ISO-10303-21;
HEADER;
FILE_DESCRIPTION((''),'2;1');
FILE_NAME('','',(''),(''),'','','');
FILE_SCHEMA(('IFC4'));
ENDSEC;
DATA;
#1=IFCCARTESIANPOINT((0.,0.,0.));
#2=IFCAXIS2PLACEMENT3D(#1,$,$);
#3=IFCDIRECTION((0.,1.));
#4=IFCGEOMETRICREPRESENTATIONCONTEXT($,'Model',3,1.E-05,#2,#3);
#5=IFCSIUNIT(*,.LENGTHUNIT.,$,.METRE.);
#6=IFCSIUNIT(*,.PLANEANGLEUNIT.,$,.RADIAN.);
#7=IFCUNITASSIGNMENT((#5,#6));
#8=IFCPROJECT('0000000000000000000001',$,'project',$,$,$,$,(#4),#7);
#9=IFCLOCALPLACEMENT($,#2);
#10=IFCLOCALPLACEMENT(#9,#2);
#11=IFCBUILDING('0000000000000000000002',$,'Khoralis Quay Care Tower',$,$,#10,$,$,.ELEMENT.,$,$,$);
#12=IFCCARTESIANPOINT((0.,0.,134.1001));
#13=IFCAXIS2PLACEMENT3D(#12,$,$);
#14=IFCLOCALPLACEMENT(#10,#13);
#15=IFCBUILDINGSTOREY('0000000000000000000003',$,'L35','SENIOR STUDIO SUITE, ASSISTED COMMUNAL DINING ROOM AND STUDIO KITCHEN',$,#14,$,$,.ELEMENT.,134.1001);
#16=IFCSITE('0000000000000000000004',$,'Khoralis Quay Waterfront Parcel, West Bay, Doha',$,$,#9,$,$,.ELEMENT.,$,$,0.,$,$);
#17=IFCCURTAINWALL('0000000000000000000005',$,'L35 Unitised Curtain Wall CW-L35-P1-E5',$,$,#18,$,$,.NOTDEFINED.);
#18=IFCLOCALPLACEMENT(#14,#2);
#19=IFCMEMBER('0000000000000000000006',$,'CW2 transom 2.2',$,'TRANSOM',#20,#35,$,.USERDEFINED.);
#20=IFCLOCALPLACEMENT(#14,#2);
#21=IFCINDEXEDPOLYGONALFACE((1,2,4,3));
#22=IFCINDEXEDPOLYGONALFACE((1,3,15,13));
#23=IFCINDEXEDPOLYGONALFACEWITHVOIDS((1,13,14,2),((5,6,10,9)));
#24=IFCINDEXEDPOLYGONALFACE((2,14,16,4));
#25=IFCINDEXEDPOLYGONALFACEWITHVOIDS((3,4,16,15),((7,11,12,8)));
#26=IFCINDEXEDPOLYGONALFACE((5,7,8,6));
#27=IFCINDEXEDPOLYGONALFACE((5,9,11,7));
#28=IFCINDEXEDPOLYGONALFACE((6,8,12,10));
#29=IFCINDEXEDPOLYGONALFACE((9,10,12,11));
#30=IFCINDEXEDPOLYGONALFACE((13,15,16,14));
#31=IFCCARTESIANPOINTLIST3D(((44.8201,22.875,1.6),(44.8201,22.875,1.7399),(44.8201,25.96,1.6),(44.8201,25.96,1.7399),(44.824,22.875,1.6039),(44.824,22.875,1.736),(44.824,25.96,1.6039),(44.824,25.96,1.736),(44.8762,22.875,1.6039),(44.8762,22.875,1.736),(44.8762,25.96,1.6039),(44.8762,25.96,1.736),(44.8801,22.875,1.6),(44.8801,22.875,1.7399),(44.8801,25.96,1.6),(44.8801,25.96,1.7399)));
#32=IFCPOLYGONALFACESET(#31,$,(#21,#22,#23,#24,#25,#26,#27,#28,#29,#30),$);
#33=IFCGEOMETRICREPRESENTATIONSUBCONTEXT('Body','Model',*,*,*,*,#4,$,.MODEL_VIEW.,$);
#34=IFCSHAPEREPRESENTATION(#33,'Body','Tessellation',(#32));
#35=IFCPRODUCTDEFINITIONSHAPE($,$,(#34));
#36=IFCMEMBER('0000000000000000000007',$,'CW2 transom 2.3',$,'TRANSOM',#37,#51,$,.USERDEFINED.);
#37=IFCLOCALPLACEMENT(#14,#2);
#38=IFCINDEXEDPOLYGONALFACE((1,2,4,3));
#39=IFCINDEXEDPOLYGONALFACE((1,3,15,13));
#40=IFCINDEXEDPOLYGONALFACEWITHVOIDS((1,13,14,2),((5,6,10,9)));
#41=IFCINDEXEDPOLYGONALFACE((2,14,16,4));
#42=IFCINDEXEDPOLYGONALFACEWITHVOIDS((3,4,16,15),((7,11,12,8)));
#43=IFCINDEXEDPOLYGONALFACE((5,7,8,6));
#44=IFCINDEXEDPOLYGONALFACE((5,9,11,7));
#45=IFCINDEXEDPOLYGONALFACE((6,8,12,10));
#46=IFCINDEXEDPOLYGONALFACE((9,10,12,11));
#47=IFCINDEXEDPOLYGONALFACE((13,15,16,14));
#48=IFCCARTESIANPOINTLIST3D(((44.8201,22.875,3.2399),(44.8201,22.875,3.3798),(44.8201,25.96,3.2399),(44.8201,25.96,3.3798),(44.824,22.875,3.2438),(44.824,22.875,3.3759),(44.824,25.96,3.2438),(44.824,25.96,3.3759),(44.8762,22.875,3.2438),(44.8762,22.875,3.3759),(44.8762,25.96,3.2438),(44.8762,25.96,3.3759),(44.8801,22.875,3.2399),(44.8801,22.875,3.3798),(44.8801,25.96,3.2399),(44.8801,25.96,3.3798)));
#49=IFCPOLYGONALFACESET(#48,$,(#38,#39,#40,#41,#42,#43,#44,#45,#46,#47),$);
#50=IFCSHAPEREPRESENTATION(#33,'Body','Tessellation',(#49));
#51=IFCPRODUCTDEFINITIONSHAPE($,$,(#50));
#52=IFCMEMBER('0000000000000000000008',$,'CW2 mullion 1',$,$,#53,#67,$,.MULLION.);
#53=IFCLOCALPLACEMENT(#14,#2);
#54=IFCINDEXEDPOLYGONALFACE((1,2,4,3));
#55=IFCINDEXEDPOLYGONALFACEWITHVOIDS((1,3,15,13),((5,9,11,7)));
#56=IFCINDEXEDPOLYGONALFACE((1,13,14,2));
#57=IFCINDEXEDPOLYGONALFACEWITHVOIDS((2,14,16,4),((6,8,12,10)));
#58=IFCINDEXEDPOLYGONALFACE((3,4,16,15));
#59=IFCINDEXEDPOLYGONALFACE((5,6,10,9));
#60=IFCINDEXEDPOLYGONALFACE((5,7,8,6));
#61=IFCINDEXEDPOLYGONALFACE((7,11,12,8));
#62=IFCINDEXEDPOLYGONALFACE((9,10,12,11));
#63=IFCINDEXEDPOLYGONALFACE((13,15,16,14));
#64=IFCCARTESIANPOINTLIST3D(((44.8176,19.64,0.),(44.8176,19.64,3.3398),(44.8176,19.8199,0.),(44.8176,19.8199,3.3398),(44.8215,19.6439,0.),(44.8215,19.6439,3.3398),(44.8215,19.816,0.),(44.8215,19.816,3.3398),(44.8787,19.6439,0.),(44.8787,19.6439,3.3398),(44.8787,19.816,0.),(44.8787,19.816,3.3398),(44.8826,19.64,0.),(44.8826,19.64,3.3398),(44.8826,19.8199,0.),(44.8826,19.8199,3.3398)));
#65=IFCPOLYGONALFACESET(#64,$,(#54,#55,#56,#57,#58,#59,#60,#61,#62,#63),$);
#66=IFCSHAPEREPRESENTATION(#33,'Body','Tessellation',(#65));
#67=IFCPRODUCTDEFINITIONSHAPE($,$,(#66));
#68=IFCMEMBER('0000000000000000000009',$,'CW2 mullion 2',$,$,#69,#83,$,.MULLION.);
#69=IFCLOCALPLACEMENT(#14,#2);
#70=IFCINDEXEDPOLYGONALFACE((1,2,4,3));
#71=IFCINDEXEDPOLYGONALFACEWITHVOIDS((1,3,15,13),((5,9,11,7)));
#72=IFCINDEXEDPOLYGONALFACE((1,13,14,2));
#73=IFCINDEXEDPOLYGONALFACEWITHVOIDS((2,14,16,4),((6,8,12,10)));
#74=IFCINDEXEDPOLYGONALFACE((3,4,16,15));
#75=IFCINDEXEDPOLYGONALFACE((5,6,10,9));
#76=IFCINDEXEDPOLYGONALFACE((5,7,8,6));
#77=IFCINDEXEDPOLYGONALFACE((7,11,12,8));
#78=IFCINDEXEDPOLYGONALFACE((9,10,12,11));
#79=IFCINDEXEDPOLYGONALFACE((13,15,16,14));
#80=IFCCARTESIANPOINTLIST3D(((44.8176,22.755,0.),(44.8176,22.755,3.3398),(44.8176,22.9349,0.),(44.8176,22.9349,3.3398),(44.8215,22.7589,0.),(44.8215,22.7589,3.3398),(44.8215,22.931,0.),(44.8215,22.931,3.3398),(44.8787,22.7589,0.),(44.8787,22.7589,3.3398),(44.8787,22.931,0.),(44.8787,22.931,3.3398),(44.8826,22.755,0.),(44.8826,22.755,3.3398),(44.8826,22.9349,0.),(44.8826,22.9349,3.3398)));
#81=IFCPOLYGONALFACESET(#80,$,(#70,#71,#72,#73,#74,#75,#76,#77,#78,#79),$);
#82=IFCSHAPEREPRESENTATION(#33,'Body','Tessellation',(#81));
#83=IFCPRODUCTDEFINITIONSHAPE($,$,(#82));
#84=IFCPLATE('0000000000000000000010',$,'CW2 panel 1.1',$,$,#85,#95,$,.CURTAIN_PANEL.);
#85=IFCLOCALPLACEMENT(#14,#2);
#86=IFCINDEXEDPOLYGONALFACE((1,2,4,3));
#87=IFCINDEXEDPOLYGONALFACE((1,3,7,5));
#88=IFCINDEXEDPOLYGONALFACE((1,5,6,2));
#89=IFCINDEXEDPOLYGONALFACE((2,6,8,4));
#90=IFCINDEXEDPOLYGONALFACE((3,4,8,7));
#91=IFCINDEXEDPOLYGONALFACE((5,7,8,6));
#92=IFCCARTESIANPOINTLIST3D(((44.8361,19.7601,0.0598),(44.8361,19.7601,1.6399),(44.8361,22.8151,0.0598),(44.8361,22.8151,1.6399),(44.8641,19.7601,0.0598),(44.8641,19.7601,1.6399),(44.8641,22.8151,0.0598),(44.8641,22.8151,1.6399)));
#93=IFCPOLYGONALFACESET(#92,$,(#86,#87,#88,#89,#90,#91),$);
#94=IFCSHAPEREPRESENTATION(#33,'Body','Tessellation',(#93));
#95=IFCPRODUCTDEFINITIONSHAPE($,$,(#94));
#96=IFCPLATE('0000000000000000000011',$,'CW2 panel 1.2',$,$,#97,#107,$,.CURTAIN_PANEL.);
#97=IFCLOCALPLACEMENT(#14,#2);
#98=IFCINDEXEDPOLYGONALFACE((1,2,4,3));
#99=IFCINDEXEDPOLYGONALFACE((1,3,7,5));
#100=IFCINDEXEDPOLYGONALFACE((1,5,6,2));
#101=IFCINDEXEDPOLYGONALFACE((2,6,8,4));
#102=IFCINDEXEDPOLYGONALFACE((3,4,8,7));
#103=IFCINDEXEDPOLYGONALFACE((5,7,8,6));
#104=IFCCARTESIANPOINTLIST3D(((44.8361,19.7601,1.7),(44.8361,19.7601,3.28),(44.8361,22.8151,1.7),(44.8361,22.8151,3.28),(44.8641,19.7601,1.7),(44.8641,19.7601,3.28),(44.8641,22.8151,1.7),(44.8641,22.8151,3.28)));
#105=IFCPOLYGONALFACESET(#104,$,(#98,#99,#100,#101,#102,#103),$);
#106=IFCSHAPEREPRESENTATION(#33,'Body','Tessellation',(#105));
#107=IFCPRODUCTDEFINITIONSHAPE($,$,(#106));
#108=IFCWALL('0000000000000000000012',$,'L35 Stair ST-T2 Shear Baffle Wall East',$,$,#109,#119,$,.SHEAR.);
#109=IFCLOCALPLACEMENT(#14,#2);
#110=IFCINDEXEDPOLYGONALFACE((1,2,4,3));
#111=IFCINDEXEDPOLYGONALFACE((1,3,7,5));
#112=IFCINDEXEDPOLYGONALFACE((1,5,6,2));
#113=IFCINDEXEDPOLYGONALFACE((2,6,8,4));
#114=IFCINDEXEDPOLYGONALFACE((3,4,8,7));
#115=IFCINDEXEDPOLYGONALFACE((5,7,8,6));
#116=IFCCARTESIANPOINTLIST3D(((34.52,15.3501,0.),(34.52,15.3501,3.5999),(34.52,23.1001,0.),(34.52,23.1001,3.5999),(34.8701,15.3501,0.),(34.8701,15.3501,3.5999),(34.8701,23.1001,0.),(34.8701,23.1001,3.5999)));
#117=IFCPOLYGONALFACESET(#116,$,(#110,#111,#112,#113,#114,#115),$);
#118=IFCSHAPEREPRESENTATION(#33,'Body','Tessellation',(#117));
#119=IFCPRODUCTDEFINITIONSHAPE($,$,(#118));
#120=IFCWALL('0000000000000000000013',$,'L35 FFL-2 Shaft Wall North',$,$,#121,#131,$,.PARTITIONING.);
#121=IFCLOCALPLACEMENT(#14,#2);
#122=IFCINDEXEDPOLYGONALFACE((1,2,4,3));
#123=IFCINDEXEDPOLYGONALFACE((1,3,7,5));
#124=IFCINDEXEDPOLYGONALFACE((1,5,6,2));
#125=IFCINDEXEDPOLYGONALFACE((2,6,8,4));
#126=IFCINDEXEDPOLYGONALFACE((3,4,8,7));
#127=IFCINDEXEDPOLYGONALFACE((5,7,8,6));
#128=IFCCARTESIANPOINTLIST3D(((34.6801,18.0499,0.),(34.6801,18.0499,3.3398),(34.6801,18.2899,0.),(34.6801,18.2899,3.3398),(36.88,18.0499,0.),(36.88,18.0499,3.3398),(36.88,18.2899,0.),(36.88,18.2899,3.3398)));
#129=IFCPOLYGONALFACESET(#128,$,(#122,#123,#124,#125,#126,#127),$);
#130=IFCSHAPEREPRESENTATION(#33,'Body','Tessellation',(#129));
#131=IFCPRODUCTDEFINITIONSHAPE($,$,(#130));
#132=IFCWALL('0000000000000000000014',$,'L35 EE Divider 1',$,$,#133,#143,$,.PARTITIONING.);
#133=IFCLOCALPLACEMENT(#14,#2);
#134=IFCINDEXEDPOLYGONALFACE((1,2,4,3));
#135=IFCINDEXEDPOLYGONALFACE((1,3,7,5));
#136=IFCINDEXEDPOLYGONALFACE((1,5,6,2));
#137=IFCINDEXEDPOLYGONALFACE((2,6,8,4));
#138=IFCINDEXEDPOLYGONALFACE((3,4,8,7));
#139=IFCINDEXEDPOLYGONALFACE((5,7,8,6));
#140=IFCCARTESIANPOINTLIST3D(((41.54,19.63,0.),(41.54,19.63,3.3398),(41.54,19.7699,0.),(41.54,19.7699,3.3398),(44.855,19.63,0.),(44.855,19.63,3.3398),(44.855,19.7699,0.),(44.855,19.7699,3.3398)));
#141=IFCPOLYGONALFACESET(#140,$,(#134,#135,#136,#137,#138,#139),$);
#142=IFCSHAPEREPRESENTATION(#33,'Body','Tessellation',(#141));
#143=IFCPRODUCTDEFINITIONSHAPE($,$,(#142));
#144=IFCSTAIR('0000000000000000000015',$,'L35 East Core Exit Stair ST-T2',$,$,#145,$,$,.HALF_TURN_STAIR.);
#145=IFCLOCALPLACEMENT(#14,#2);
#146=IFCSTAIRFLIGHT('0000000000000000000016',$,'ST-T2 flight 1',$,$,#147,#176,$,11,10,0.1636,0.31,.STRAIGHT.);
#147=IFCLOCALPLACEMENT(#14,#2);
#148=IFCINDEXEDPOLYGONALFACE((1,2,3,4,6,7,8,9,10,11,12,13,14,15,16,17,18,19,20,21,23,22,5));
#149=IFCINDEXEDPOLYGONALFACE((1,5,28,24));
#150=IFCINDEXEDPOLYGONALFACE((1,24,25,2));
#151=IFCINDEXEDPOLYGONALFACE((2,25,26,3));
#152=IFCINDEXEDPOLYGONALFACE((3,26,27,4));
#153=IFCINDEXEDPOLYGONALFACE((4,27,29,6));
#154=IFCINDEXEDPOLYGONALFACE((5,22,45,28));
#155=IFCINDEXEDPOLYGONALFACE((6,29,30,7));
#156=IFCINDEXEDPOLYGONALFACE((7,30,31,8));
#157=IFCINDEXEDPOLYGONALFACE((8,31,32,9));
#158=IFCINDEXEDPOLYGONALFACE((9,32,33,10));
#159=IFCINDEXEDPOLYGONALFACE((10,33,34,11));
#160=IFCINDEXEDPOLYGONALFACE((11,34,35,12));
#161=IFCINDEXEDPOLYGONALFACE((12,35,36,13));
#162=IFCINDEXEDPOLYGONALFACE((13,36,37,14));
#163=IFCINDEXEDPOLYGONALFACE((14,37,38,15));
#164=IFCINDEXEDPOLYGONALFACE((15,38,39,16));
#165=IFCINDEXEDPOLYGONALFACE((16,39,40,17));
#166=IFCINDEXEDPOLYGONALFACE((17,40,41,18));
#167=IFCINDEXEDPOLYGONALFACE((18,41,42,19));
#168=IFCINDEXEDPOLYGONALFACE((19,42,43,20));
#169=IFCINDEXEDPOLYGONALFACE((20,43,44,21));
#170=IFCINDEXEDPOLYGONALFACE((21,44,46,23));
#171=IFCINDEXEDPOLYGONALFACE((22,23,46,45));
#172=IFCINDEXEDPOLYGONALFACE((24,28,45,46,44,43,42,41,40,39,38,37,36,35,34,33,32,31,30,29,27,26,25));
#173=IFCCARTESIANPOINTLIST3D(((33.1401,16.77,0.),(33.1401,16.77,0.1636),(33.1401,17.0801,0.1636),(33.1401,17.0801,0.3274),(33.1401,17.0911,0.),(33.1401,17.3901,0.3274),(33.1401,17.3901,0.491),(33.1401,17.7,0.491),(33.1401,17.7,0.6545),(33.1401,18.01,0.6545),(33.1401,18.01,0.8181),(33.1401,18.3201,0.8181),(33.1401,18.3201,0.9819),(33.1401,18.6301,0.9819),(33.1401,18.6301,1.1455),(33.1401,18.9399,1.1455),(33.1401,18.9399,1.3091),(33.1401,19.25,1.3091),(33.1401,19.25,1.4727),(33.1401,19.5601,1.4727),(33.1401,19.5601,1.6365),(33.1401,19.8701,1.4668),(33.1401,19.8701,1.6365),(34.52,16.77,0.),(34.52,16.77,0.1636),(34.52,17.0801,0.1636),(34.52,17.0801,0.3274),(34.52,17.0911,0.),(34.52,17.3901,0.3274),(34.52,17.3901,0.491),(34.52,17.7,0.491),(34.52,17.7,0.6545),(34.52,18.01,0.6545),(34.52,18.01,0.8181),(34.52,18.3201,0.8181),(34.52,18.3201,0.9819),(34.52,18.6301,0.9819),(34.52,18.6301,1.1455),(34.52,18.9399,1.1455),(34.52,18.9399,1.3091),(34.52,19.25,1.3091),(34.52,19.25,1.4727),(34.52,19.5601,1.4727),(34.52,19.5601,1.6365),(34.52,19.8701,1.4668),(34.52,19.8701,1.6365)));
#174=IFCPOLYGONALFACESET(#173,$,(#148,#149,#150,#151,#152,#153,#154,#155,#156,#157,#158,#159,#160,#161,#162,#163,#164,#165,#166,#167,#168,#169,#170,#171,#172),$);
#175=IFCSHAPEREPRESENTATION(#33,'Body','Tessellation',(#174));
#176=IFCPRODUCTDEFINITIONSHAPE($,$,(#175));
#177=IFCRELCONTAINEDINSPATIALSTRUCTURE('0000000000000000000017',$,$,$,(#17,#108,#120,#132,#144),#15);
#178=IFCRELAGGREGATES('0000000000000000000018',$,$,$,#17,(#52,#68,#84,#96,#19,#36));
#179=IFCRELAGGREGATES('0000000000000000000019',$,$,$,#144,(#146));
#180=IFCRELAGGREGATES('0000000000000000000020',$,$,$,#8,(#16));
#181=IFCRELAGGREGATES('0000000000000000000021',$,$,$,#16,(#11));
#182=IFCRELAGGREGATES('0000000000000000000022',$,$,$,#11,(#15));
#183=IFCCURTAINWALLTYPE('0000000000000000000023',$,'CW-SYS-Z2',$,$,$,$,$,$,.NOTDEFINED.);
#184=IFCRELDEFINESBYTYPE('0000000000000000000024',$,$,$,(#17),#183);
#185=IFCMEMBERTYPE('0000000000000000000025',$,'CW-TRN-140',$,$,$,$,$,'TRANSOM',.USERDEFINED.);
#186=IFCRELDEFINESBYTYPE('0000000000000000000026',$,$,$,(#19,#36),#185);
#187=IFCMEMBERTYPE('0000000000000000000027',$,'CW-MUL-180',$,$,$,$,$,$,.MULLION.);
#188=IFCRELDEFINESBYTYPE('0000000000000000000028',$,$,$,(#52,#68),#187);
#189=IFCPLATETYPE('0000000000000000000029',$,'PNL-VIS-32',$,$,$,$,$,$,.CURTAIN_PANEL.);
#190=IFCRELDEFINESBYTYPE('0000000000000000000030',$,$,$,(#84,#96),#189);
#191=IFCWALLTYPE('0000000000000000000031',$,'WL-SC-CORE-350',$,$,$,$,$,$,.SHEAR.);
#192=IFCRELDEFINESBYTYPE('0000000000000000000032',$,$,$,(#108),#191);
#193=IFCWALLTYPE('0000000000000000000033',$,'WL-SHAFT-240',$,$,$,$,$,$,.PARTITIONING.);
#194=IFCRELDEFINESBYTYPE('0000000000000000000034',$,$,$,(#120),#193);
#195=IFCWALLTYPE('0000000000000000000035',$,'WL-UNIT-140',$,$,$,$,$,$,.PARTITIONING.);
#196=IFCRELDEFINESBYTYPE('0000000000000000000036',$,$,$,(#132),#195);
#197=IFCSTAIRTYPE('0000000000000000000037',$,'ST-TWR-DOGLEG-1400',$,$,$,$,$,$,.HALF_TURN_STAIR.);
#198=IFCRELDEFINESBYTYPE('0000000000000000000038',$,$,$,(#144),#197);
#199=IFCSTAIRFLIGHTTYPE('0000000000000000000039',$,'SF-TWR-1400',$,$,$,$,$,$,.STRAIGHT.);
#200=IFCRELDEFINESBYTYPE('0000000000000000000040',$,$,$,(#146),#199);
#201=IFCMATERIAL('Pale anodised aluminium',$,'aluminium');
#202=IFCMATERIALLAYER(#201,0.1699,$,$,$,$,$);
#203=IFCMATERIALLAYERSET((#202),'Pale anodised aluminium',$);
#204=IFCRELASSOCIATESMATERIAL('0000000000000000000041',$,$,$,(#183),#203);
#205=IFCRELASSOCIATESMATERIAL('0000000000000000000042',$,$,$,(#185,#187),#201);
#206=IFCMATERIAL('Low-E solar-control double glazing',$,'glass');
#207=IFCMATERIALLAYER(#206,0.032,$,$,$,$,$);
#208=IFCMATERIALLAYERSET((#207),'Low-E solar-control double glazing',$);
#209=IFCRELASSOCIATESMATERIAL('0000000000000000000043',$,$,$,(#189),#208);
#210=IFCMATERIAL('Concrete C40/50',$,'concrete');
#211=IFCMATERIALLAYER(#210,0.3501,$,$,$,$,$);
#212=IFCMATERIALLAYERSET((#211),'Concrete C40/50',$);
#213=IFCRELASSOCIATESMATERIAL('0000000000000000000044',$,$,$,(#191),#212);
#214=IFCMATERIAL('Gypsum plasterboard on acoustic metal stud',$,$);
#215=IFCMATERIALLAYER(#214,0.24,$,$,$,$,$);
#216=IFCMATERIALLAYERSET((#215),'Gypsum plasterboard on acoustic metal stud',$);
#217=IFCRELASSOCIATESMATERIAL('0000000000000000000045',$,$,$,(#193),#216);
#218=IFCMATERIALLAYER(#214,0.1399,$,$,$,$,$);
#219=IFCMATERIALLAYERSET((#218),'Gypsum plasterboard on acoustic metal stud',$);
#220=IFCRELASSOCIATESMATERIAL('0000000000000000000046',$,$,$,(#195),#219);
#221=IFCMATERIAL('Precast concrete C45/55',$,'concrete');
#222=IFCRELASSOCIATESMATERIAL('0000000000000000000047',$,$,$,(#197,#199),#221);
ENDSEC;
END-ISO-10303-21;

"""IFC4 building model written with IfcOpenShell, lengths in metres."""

from ifc_helpers import new_model, si_unit, direction, frame, frame_2d, origin, origin_2d, place, context, subcontext, project, spatial, polyline, rectangle, hollow_rectangle, outline, extrude, source, transform, mapped, material, layer, layer_set, material_profile, profile_set, type_object, element, aggregate, save


model = new_model("IFC4")

# Units and contexts
model_context = context("Model", 3, precision=1e-05, world=origin(), true_north=direction((0.0, 1.0)))
body_context = subcontext(model_context, "Body", "Model", "MODEL_VIEW")
ifc_project = project(units=[si_unit("LENGTHUNIT", "METRE"), si_unit("PLANEANGLEUNIT", "RADIAN")], contexts=[model_context])

# Site, building, storey
site_placement = place(None, origin())
site = spatial("IfcSite", under=ifc_project, at=site_placement, Name="Khoralis Quay Waterfront Parcel, West Bay, Doha", CompositionType="ELEMENT", RefElevation=0.0)
building_placement = place(site_placement, origin())
building = spatial("IfcBuilding", under=site, at=building_placement, Name="Khoralis Quay Care Tower", CompositionType="ELEMENT")
storey_placement = place(building_placement, frame((0.0, 0.0, 134.1001)))
storey = spatial("IfcBuildingStorey", under=building, at=storey_placement, Name="L35", Description="SENIOR STUDIO SUITE, ASSISTED COMMUNAL DINING ROOM AND STUDIO KITCHEN", CompositionType="ELEMENT", Elevation=134.1001)

# Curtain wall, members, plates
ifc_material_1 = material(Name="Pale anodised aluminium", Category="aluminium")
ifc_layer_1 = layer(ifc_material_1, 0.1699)
ifc_layer_set_1 = layer_set([ifc_layer_1], Name="Pale anodised aluminium")
curtain_wall_type = type_object("IfcCurtainWallType", Name="CW-SYS-Z2", PredefinedType="NOTDEFINED", material=ifc_layer_set_1)
curtain_wall_placement = place(storey_placement, origin())
curtain_wall = element("IfcCurtainWall", 1, at=curtain_wall_placement, inside=storey, type_object=curtain_wall_type, Name="L35 Unitised Curtain Wall CW-L35-P1-E5", PredefinedType="NOTDEFINED")
ifc_material_profile_1 = material_profile(ifc_material_1, hollow_rectangle(XDim=0.0601, YDim=0.1399, WallThickness=0.0039, at=origin_2d()), Name="Pale anodised aluminium")
ifc_profile_set_1 = profile_set([ifc_material_profile_1], Name="Pale anodised aluminium")
member_type_1 = type_object("IfcMemberType", Name="CW-TRN-140", ElementType="TRANSOM", PredefinedType="USERDEFINED", material=ifc_profile_set_1)
shared_shape_1 = source(origin(), body_context, "Body", "SweptSolid", [
    extrude(hollow_rectangle(XDim=0.0601, YDim=0.1399, WallThickness=0.0039, at=origin_2d()), origin(), (0.0, 0.0, 1.0), 3.085),
])
member_1_placement = place(storey_placement, frame((44.8501, 22.875, 1.6699), z_axis=(0.0, 1.0, 0.0), x_axis=(-1.0, 0.0, 0.0)))
member_1 = element("IfcMember", 2, at=member_1_placement, type_object=member_type_1, Name="CW2 transom 2.2", ObjectType="TRANSOM", PredefinedType="USERDEFINED", context=body_context, shape_type="MappedRepresentation", body=[
    mapped(shared_shape_1, transform((0.0, 0.0, 0.0), scale=1.0)),
])
member_2_placement = place(storey_placement, frame((44.8501, 22.875, 3.3098), z_axis=(0.0, 1.0, 0.0), x_axis=(-1.0, 0.0, 0.0)))
member_2 = element("IfcMember", 3, at=member_2_placement, type_object=member_type_1, Name="CW2 transom 2.3", ObjectType="TRANSOM", PredefinedType="USERDEFINED", context=body_context, shape_type="MappedRepresentation", body=[
    mapped(shared_shape_1, transform((0.0, 0.0, 0.0), scale=1.0)),
])
ifc_material_profile_2 = material_profile(ifc_material_1, hollow_rectangle(XDim=0.0649, YDim=0.1799, WallThickness=0.0039, at=origin_2d()), Name="Pale anodised aluminium")
ifc_profile_set_2 = profile_set([ifc_material_profile_2], Name="Pale anodised aluminium")
member_type_2 = type_object("IfcMemberType", Name="CW-MUL-180", PredefinedType="MULLION", material=ifc_profile_set_2)
shared_shape_2 = source(origin(), body_context, "Body", "SweptSolid", [
    extrude(hollow_rectangle(XDim=0.0649, YDim=0.1799, WallThickness=0.0039, at=origin_2d()), origin(), (0.0, 0.0, 1.0), 3.3398),
])
member_3_placement = place(storey_placement, frame((44.8501, 19.73, 0.0), z_axis=(0.0, 0.0, 1.0), x_axis=(-1.0, 0.0, 0.0)))
member_3 = element("IfcMember", 4, at=member_3_placement, type_object=member_type_2, Name="CW2 mullion 1", PredefinedType="MULLION", context=body_context, shape_type="MappedRepresentation", body=[
    mapped(shared_shape_2, transform((0.0, 0.0, 0.0), scale=1.0)),
])
member_4_placement = place(storey_placement, frame((44.8501, 22.845, 0.0), z_axis=(0.0, 0.0, 1.0), x_axis=(-1.0, 0.0, 0.0)))
member_4 = element("IfcMember", 5, at=member_4_placement, type_object=member_type_2, Name="CW2 mullion 2", PredefinedType="MULLION", context=body_context, shape_type="MappedRepresentation", body=[
    mapped(shared_shape_2, transform((0.0, 0.0, 0.0), scale=1.0)),
])
ifc_material_2 = material(Name="Low-E solar-control double glazing", Category="glass")
ifc_layer_2 = layer(ifc_material_2, 0.032)
ifc_layer_set_2 = layer_set([ifc_layer_2], Name="Low-E solar-control double glazing")
plate_type = type_object("IfcPlateType", Name="PNL-VIS-32", PredefinedType="CURTAIN_PANEL", material=ifc_layer_set_2)
shared_shape_3 = source(origin(), body_context, "Body", "SweptSolid", [
    extrude(rectangle(XDim=3.0549, YDim=0.0281, at=origin_2d()), origin(), (0.0, 0.0, 1.0), 1.5801),
])
plate_1_placement = place(storey_placement, frame((44.8501, 21.2876, 0.0598), z_axis=(0.0, 0.0, 1.0), x_axis=(0.0, 1.0, 0.0)))
plate_1 = element("IfcPlate", 6, at=plate_1_placement, type_object=plate_type, Name="CW2 panel 1.1", PredefinedType="CURTAIN_PANEL", context=body_context, shape_type="MappedRepresentation", body=[
    mapped(shared_shape_3, transform((0.0, 0.0, 0.0), scale=1.0)),
])
plate_2_placement = place(storey_placement, frame((44.8501, 21.2876, 1.7), z_axis=(0.0, 0.0, 1.0), x_axis=(0.0, 1.0, 0.0)))
plate_2 = element("IfcPlate", 7, at=plate_2_placement, type_object=plate_type, Name="CW2 panel 1.2", PredefinedType="CURTAIN_PANEL", context=body_context, shape_type="MappedRepresentation", body=[
    mapped(shared_shape_3, transform((0.0, 0.0, 0.0), scale=1.0)),
])
aggregate(curtain_wall, [member_3, member_4, plate_1, plate_2, member_1, member_2])

# Walls
ifc_material_3 = material(Name="Concrete C40/50", Category="concrete")
ifc_layer_3 = layer(ifc_material_3, 0.3501)
ifc_layer_set_3 = layer_set([ifc_layer_3], Name="Concrete C40/50")
wall_type_1 = type_object("IfcWallType", Name="WL-SC-CORE-350", PredefinedType="SHEAR", material=ifc_layer_set_3)
wall_1_placement = place(storey_placement, frame((34.6951, 15.3501, 0.0), z_axis=(0.0, 0.0, 1.0), x_axis=(0.0, 1.0, 0.0)))
element("IfcWall", 8, at=wall_1_placement, inside=storey, type_object=wall_type_1, Name="L35 Stair ST-T2 Shear Baffle Wall East", PredefinedType="SHEAR", context=body_context, shape_type="SweptSolid", body=[
    extrude(rectangle(XDim=7.75, YDim=0.3501, at=frame_2d((3.875, 0.0))), origin(), (0.0, 0.0, 1.0), 3.5999),
])
ifc_material_4 = material(Name="Gypsum plasterboard on acoustic metal stud")
ifc_layer_4 = layer(ifc_material_4, 0.24)
ifc_layer_set_4 = layer_set([ifc_layer_4], Name="Gypsum plasterboard on acoustic metal stud")
wall_type_2 = type_object("IfcWallType", Name="WL-SHAFT-240", PredefinedType="PARTITIONING", material=ifc_layer_set_4)
wall_2_placement = place(storey_placement, frame((34.6799, 18.1699, 0.0), z_axis=(0.0, 0.0, 1.0), x_axis=(1.0, 0.0, 0.0)))
element("IfcWall", 9, at=wall_2_placement, inside=storey, type_object=wall_type_2, Name="L35 FFL-2 Shaft Wall North", PredefinedType="PARTITIONING", context=body_context, shape_type="SweptSolid", body=[
    extrude(rectangle(XDim=2.2, YDim=0.24, at=frame_2d((1.1001, 0.0))), origin(), (0.0, 0.0, 1.0), 3.3398),
])
ifc_layer_5 = layer(ifc_material_4, 0.1399)
ifc_layer_set_5 = layer_set([ifc_layer_5], Name="Gypsum plasterboard on acoustic metal stud")
wall_type_3 = type_object("IfcWallType", Name="WL-UNIT-140", PredefinedType="PARTITIONING", material=ifc_layer_set_5)
wall_3_placement = place(storey_placement, frame((41.54, 19.7, 0.0), z_axis=(0.0, 0.0, 1.0), x_axis=(1.0, 0.0, 0.0)))
element("IfcWall", 10, at=wall_3_placement, inside=storey, type_object=wall_type_3, Name="L35 EE Divider 1", PredefinedType="PARTITIONING", context=body_context, shape_type="SweptSolid", body=[
    extrude(rectangle(XDim=3.3149, YDim=0.1399, at=frame_2d((1.6575, 0.0))), origin(), (0.0, 0.0, 1.0), 3.3398),
])

# Stair, stair flight
ifc_material_5 = material(Name="Precast concrete C45/55", Category="concrete")
stair_type = type_object("IfcStairType", Name="ST-TWR-DOGLEG-1400", PredefinedType="HALF_TURN_STAIR", material=ifc_material_5)
stair_placement = place(storey_placement, origin())
stair = element("IfcStair", 11, at=stair_placement, inside=storey, type_object=stair_type, Name="L35 East Core Exit Stair ST-T2", PredefinedType="HALF_TURN_STAIR")
stair_flight_type = type_object("IfcStairFlightType", Name="SF-TWR-1400", PredefinedType="STRAIGHT", material=ifc_material_5)
shared_shape_4 = source(origin(), body_context, "Body", "SweptSolid", [
    extrude(outline(polyline([(0.0, 0.0), (0.0, 0.1636), (0.3101, 0.1636), (0.3101, 0.3274), (0.6201, 0.3274), (0.6201, 0.491), (0.9299, 0.491), (0.9299, 0.6545), (1.24, 0.6545), (1.24, 0.8181), (1.55, 0.8181), (1.55, 0.9819), (1.8601, 0.9819), (1.8601, 1.1455), (2.1699, 1.1455), (2.1699, 1.3091), (2.48, 1.3091), (2.48, 1.4727), (2.79, 1.4727), (2.79, 1.6365), (3.1001, 1.6365), (3.1001, 1.8), (3.1001, 1.4668), (0.321, 0.0), (0.0, 0.0)])), frame((0.0, 0.6899, 0.0), z_axis=(0.0, -1.0, 0.0), x_axis=(1.0, 0.0, 0.0)), (0.0, 0.0, 1.0), 1.3799),
])
stair_flight_placement = place(storey_placement, frame((33.8301, 16.77, 0.0), z_axis=(0.0, 0.0, 1.0), x_axis=(0.0, 1.0, 0.0)))
stair_flight = element("IfcStairFlight", 12, at=stair_flight_placement, type_object=stair_flight_type, Name="ST-T2 flight 1", NumberOfRisers=11, NumberOfTreads=10, PredefinedType="STRAIGHT", RiserHeight=0.1636, TreadLength=0.31, context=body_context, shape_type="MappedRepresentation", body=[
    mapped(shared_shape_4, transform((0.0, 0.0, 0.0), scale=1.0)),
])
aggregate(stair, [stair_flight])

save(model, "model.ifc")
